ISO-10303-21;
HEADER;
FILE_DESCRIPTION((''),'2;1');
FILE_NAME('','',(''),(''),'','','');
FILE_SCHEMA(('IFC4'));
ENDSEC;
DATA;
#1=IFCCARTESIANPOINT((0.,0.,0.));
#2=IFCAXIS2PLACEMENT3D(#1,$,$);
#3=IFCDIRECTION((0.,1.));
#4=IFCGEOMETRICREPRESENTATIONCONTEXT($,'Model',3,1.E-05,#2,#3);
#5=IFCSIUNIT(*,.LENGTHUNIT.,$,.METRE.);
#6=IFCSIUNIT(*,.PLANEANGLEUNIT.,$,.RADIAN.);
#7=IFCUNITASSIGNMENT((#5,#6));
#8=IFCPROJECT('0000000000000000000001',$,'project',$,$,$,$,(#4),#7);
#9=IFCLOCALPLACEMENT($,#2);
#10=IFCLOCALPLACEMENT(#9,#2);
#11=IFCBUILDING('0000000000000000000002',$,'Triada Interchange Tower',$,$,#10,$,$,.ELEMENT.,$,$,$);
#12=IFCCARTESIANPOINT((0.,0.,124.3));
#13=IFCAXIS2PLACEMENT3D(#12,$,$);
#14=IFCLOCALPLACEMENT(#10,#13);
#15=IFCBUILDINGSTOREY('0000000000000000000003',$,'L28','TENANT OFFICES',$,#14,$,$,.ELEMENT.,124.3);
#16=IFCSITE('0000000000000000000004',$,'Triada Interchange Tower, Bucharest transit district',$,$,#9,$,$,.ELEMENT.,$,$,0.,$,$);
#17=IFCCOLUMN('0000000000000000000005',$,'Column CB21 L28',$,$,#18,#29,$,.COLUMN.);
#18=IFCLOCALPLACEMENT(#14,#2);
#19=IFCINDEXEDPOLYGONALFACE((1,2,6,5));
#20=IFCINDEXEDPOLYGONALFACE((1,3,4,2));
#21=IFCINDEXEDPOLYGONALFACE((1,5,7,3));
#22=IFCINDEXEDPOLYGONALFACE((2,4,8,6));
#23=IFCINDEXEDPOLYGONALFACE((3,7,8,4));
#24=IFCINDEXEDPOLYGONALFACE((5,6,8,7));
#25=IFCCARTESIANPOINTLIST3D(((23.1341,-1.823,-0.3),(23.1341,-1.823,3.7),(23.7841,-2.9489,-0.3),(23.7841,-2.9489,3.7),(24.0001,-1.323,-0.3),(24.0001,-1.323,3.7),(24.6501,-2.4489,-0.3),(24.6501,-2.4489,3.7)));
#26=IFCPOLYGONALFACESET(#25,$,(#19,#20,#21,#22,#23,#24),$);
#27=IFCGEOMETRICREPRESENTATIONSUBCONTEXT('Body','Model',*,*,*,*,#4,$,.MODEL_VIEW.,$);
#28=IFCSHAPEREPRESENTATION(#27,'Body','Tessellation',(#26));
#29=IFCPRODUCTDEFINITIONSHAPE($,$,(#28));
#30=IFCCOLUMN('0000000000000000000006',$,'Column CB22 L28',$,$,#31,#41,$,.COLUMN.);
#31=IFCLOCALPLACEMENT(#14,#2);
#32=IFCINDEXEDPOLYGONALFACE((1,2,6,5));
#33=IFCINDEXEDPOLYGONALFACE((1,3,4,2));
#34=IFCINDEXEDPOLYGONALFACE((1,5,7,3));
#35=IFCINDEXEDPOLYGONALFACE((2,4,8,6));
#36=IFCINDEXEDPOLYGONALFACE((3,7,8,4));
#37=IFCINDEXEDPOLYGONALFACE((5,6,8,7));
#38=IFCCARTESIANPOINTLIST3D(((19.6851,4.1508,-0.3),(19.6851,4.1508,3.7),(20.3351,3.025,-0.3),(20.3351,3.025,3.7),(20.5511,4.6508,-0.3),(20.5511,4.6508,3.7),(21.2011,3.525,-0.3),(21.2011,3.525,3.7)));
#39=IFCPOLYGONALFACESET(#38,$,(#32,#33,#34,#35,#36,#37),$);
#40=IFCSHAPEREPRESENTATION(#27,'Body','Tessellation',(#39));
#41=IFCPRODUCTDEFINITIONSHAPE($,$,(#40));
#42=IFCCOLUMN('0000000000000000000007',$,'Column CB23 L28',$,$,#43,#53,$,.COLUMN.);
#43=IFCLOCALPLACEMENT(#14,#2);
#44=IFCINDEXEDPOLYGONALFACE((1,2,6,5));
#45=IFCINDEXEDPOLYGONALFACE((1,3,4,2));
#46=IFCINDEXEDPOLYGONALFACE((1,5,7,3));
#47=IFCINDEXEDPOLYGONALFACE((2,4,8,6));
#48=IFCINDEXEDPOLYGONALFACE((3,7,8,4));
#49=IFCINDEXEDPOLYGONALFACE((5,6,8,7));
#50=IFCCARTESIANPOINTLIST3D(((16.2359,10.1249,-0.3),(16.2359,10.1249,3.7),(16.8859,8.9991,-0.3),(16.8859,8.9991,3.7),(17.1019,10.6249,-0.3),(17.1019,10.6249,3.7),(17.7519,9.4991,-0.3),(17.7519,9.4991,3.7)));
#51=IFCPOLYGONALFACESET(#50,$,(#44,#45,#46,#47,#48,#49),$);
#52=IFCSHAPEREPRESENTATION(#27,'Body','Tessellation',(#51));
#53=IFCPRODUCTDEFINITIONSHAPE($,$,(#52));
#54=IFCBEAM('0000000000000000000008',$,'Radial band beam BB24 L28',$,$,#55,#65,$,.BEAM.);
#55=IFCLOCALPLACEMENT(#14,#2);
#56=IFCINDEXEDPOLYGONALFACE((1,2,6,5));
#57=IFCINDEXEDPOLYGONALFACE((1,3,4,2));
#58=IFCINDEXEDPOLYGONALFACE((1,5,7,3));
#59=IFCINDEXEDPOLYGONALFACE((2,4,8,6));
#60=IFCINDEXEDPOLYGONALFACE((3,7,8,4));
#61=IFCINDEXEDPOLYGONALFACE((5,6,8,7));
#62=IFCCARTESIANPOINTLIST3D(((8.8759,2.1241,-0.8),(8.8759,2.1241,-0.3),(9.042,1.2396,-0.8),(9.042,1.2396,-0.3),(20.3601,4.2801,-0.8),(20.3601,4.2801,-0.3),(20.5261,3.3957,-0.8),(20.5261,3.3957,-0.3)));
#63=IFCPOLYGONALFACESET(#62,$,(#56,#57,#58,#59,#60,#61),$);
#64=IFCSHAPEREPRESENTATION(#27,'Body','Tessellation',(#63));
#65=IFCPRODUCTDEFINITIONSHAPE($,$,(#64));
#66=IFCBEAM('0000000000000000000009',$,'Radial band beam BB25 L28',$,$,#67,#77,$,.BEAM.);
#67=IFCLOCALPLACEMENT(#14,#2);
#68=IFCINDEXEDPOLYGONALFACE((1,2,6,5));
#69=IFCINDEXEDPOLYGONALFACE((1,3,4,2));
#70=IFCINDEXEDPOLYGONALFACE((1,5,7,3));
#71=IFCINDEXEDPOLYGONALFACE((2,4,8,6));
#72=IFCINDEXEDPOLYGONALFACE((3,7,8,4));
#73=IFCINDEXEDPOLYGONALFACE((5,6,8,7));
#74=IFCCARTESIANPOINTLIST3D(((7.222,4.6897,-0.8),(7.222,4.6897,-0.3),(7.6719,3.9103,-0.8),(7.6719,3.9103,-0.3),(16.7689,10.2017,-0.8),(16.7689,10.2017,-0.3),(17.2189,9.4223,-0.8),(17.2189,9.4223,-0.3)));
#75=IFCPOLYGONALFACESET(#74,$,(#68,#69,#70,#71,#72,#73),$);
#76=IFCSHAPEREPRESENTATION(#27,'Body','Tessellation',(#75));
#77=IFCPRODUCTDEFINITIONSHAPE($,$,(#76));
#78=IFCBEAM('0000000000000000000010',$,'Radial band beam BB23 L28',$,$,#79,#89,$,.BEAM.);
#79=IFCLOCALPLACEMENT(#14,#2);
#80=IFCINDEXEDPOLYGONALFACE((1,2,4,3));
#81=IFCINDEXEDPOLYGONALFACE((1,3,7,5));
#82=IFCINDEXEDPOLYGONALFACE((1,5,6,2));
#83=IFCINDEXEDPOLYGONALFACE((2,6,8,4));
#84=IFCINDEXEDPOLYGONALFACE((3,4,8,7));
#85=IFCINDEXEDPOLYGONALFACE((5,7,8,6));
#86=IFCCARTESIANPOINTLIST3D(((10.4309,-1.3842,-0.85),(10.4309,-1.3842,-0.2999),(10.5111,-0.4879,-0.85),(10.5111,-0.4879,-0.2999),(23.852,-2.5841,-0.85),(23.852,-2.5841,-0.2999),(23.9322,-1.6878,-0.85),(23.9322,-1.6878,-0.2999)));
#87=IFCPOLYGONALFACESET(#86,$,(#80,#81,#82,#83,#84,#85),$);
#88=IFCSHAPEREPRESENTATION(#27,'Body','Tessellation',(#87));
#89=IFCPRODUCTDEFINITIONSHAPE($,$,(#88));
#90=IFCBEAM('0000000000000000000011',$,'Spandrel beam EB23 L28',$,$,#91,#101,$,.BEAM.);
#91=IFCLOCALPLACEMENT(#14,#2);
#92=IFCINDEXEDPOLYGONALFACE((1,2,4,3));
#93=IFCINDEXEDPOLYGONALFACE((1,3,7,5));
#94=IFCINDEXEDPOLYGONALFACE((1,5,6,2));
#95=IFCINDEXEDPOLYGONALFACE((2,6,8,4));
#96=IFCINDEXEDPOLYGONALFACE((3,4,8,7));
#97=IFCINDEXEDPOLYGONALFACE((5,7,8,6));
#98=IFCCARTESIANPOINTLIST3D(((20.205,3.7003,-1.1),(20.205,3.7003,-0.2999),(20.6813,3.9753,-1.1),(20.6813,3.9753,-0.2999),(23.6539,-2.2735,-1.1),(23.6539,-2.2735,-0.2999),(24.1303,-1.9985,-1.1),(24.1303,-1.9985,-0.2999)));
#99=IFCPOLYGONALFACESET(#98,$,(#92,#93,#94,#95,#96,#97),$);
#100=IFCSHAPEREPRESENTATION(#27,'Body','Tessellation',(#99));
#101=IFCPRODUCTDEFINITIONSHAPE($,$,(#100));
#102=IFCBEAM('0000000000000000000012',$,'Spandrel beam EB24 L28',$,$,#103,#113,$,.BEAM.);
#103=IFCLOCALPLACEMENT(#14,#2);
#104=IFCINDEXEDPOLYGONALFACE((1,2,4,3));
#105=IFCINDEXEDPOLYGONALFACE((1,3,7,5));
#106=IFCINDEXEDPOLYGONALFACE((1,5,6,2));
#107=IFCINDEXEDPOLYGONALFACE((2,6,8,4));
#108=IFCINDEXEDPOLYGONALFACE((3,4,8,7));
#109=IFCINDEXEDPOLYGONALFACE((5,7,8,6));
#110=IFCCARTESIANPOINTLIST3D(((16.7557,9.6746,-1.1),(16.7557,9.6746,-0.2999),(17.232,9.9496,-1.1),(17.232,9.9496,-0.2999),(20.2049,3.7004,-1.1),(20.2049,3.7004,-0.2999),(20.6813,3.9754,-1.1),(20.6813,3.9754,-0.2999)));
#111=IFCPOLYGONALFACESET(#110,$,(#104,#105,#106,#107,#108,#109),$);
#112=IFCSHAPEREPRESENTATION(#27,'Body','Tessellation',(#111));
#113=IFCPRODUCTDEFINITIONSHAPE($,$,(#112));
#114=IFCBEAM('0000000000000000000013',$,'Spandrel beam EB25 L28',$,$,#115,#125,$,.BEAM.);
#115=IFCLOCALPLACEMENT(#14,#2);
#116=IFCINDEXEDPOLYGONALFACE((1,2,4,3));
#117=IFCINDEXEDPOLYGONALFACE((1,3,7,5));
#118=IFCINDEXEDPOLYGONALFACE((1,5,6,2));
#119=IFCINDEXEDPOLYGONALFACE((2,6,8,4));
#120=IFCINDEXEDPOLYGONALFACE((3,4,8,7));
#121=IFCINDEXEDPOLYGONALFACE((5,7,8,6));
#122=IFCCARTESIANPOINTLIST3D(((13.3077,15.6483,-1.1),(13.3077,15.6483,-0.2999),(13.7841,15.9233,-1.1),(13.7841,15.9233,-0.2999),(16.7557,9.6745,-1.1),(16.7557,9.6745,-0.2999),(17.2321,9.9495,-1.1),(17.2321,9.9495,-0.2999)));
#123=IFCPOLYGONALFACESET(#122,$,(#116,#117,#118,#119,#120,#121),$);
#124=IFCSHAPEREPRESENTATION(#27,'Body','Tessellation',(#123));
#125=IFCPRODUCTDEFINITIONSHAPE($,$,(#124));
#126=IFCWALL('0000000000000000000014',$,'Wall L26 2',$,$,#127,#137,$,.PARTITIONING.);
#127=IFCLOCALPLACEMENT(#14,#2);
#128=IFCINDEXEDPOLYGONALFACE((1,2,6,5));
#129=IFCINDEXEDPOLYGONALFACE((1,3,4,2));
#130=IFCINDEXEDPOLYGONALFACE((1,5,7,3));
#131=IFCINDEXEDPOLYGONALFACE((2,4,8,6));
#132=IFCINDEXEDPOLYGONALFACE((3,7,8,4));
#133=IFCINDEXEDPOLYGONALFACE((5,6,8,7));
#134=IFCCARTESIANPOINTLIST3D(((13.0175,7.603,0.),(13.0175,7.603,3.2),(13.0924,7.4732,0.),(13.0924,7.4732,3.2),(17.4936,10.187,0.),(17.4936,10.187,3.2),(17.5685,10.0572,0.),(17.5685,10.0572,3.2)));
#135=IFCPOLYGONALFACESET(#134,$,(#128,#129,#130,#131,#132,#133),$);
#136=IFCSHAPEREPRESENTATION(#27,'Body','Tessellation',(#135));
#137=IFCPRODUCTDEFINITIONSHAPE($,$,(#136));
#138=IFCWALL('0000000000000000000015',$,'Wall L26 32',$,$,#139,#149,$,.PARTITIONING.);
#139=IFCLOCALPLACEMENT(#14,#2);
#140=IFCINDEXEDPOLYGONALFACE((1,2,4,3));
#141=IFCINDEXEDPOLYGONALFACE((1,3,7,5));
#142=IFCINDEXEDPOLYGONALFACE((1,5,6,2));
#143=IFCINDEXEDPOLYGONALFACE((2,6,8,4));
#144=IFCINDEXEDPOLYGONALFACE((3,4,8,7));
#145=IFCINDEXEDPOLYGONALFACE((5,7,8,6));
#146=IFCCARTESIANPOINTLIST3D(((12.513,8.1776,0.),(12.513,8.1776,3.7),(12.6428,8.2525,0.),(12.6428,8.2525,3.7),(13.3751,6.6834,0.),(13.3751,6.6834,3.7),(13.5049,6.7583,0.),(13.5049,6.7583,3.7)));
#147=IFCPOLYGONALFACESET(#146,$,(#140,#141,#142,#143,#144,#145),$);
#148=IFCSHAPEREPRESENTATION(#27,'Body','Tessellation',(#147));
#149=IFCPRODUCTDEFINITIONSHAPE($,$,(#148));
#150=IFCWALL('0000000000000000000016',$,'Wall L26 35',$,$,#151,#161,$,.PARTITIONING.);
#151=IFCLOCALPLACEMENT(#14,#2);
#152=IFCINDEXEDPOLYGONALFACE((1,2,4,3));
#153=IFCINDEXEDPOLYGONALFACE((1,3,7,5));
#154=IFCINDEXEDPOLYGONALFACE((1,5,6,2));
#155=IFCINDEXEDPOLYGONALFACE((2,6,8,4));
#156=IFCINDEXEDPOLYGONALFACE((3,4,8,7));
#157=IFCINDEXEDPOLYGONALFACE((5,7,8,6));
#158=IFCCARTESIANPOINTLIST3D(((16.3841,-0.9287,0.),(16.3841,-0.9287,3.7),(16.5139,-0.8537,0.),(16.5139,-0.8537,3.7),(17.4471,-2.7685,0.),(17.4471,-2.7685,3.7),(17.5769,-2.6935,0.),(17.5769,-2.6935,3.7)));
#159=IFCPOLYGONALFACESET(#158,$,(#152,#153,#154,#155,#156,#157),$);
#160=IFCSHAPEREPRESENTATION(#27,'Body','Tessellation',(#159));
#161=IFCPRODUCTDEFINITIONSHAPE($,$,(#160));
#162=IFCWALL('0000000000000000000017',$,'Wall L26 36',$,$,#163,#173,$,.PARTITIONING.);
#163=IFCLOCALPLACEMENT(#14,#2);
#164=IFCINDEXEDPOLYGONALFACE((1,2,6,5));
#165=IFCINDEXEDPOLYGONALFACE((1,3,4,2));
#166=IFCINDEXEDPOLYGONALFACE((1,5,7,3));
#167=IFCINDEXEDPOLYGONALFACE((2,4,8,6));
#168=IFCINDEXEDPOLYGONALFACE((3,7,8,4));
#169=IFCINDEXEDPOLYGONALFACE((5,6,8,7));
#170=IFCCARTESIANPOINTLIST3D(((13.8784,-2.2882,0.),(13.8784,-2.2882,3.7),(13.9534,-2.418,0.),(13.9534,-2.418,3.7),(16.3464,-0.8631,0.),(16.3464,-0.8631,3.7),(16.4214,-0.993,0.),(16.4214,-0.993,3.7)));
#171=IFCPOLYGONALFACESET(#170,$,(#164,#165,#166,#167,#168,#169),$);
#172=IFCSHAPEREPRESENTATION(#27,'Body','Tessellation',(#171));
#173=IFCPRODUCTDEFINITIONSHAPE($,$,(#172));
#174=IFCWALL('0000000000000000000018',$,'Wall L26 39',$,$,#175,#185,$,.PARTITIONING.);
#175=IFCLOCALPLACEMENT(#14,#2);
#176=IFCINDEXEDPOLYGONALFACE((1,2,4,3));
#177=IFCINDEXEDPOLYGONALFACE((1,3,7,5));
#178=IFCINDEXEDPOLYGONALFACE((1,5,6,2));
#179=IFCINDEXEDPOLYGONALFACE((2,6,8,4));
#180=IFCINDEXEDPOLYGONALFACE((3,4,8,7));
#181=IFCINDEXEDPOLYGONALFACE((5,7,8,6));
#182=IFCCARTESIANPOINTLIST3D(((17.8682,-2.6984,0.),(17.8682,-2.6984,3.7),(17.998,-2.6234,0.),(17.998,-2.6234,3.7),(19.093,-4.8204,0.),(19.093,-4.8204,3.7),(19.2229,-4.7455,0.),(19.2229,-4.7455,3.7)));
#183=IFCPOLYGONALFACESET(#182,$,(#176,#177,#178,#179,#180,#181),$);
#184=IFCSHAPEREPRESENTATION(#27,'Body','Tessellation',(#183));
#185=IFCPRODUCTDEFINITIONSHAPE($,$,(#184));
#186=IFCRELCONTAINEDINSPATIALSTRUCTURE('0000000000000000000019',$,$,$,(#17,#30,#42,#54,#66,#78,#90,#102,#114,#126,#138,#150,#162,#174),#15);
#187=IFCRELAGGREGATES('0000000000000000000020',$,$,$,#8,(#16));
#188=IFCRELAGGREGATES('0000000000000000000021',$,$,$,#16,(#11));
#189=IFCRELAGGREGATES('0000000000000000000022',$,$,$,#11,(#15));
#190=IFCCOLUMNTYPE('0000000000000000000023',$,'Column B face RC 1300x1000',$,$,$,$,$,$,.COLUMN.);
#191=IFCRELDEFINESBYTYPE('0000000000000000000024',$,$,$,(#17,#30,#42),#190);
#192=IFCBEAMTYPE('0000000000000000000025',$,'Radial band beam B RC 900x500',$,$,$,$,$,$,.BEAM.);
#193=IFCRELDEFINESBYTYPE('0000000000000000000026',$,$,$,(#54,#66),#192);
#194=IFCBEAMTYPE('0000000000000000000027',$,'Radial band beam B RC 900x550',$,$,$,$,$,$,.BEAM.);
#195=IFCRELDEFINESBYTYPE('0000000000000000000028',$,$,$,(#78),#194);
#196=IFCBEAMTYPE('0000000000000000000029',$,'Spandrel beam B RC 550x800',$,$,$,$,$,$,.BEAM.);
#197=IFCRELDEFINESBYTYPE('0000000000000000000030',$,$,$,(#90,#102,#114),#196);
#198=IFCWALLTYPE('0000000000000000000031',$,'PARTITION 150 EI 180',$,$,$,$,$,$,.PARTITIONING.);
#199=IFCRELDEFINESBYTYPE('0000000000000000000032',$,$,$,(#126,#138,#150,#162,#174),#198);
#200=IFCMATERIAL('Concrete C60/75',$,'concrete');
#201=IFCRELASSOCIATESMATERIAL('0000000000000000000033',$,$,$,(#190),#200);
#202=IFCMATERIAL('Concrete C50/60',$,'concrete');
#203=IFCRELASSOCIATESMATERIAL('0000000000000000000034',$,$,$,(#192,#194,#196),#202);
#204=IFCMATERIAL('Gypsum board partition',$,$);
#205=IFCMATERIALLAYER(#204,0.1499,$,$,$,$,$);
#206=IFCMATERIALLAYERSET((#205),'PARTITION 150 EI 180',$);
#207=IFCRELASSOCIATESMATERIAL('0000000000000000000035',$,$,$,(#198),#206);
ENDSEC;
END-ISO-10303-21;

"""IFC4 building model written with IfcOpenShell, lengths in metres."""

from ifc_helpers import new_model, si_unit, direction, frame, frame_2d, origin, origin_2d, place, context, subcontext, project, spatial, rectangle, extrude, material, layer, layer_set, material_profile, profile_set, type_object, element, save


model = new_model("IFC4")

# Units and contexts
model_context = context("Model", 3, precision=1e-05, world=origin(), true_north=direction((0.0, 1.0)))
body_context = subcontext(model_context, "Body", "Model", "MODEL_VIEW")
ifc_project = project(units=[si_unit("LENGTHUNIT", "METRE"), si_unit("PLANEANGLEUNIT", "RADIAN")], contexts=[model_context])

# Site, building, storey
site_placement = place(None, origin())
site = spatial("IfcSite", under=ifc_project, at=site_placement, Name="Triada Interchange Tower, Bucharest transit district", CompositionType="ELEMENT", RefElevation=0.0)
building_placement = place(site_placement, origin())
building = spatial("IfcBuilding", under=site, at=building_placement, Name="Triada Interchange Tower", CompositionType="ELEMENT")
storey_placement = place(building_placement, frame((0.0, 0.0, 124.3)))
storey = spatial("IfcBuildingStorey", under=building, at=storey_placement, Name="L28", Description="TENANT OFFICES", CompositionType="ELEMENT", Elevation=124.3)

# Columns
ifc_material_1 = material(Name="Concrete C60/75", Category="concrete")
ifc_material_profile_1 = material_profile(ifc_material_1, rectangle(XDim=1.3, YDim=1.0, at=origin_2d()), Name="RC 1300x1000")
ifc_profile_set_1 = profile_set([ifc_material_profile_1], Name="Concrete C60/75")
column_type = type_object("IfcColumnType", Name="Column B face RC 1300x1000", PredefinedType="COLUMN", material=ifc_profile_set_1)
for number, where, z_axis, x_axis, name in (
    (1, (23.8921, -2.136, -0.3), (0.0, 0.0, 1.0), (-0.5, 0.866025, 0.0), "Column CB21 L28"),
    (2, (20.4431, 3.8379, -0.3), (0.0, 0.0, 1.0), (-0.5, 0.866025, 0.0), "Column CB22 L28"),
    (3, (16.9939, 9.812, -0.3), (0.0, 0.0, 1.0), (-0.5, 0.866025, 0.0), "Column CB23 L28"),
):
    element("IfcColumn", number, at=place(storey_placement, frame(where, z_axis=z_axis, x_axis=x_axis)), inside=storey, type_object=column_type, Name=name, PredefinedType="COLUMN", context=body_context, shape_type="SweptSolid", body=[
        extrude(rectangle(XDim=1.3, YDim=1.0, at=origin_2d()), origin(), (0.0, 0.0, 1.0), 4.0),
    ])

# Beams
ifc_material_2 = material(Name="Concrete C50/60", Category="concrete")
ifc_material_profile_2 = material_profile(ifc_material_2, rectangle(XDim=0.8999, YDim=0.5, at=origin_2d()), Name="RC 900x500")
ifc_profile_set_2 = profile_set([ifc_material_profile_2], Name="Concrete C50/60")
beam_type_1 = type_object("IfcBeamType", Name="Radial band beam B RC 900x500", PredefinedType="BEAM", material=ifc_profile_set_2)
beam_1_placement = place(storey_placement, frame((20.4431, 3.8379, -0.55), z_axis=(-0.98283, -0.184514, 0.0), x_axis=(0.184514, -0.98283, 0.0)))
element("IfcBeam", 4, at=beam_1_placement, inside=storey, type_object=beam_type_1, Name="Radial band beam BB24 L28", PredefinedType="BEAM", context=body_context, shape_type="SweptSolid", body=[
    extrude(rectangle(XDim=0.8999, YDim=0.5, at=origin_2d()), origin(), (0.0, 0.0, 1.0), 11.6848),
])
beam_2_placement = place(storey_placement, frame((16.9939, 9.812, -0.55), z_axis=(-0.866023, -0.500005, 0.0), x_axis=(0.500005, -0.866023, 0.0)))
element("IfcBeam", 5, at=beam_2_placement, inside=storey, type_object=beam_type_1, Name="Radial band beam BB25 L28", PredefinedType="BEAM", context=body_context, shape_type="SweptSolid", body=[
    extrude(rectangle(XDim=0.8999, YDim=0.5, at=origin_2d()), origin(), (0.0, 0.0, 1.0), 11.0239),
])
ifc_material_profile_3 = material_profile(ifc_material_2, rectangle(XDim=0.8999, YDim=0.55, at=origin_2d()), Name="RC 900x550")
ifc_profile_set_3 = profile_set([ifc_material_profile_3], Name="Concrete C50/60")
beam_type_2 = type_object("IfcBeamType", Name="Radial band beam B RC 900x550", PredefinedType="BEAM", material=ifc_profile_set_3)
beam_3_placement = place(storey_placement, frame((23.8921, -2.136, -0.575), z_axis=(-0.996027, 0.089052, 0.0), x_axis=(-0.089052, -0.996027, 0.0)))
element("IfcBeam", 6, at=beam_3_placement, inside=storey, type_object=beam_type_2, Name="Radial band beam BB23 L28", PredefinedType="BEAM", context=body_context, shape_type="SweptSolid", body=[
    extrude(rectangle(XDim=0.8999, YDim=0.55, at=origin_2d()), origin(), (0.0, 0.0, 1.0), 13.4746),
])
ifc_material_profile_4 = material_profile(ifc_material_2, rectangle(XDim=0.55, YDim=0.8, at=origin_2d()), Name="RC 550x800")
ifc_profile_set_4 = profile_set([ifc_material_profile_4], Name="Concrete C50/60")
beam_type_3 = type_object("IfcBeamType", Name="Spandrel beam B RC 550x800", PredefinedType="BEAM", material=ifc_profile_set_4)
beam_4_placement = place(storey_placement, frame((23.8921, -2.136, -0.7), z_axis=(-0.499995, 0.866028, 0.0), x_axis=(-0.866028, -0.499995, 0.0)))
element("IfcBeam", 7, at=beam_4_placement, inside=storey, type_object=beam_type_3, Name="Spandrel beam EB23 L28", PredefinedType="BEAM", context=body_context, shape_type="SweptSolid", body=[
    extrude(rectangle(XDim=0.55, YDim=0.8, at=origin_2d()), origin(), (0.0, 0.0, 1.0), 6.8979),
])
beam_5_placement = place(storey_placement, frame((20.4431, 3.8379, -0.7), z_axis=(-0.500006, 0.866022, 0.0), x_axis=(-0.866022, -0.500006, 0.0)))
element("IfcBeam", 8, at=beam_5_placement, inside=storey, type_object=beam_type_3, Name="Spandrel beam EB24 L28", PredefinedType="BEAM", context=body_context, shape_type="SweptSolid", body=[
    extrude(rectangle(XDim=0.55, YDim=0.8, at=origin_2d()), origin(), (0.0, 0.0, 1.0), 6.8984),
])
beam_6_placement = place(storey_placement, frame((16.9939, 9.812, -0.7), z_axis=(-0.499889, 0.86609, 0.0), x_axis=(-0.86609, -0.499889, 0.0)))
element("IfcBeam", 9, at=beam_6_placement, inside=storey, type_object=beam_type_3, Name="Spandrel beam EB25 L28", PredefinedType="BEAM", context=body_context, shape_type="SweptSolid", body=[
    extrude(rectangle(XDim=0.55, YDim=0.8, at=origin_2d()), origin(), (0.0, 0.0, 1.0), 6.8975),
])

# Walls
ifc_material_3 = material(Name="Gypsum board partition")
ifc_layer_1 = layer(ifc_material_3, 0.1499)
ifc_layer_set_1 = layer_set([ifc_layer_1], Name="PARTITION 150 EI 180")
wall_type = type_object("IfcWallType", Name="PARTITION 150 EI 180", PredefinedType="PARTITIONING", material=ifc_layer_set_1)
wall_1_placement = place(storey_placement, frame((13.0549, 7.5381, 0.0), z_axis=(0.0, 0.0, 1.0), x_axis=(0.866049, 0.49996, 0.0)))
element("IfcWall", 10, at=wall_1_placement, inside=storey, type_object=wall_type, Name="Wall L26 2", PredefinedType="PARTITIONING", context=body_context, shape_type="SweptSolid", body=[
    extrude(rectangle(XDim=5.1685, YDim=0.1499, at=frame_2d((2.5842, 0.0))), origin(), (0.0, 0.0, 1.0), 3.2),
])
wall_2_placement = place(storey_placement, frame((12.5779, 8.2151, 0.0), z_axis=(0.0, 0.0, 1.0), x_axis=(0.499747, -0.866171, 0.0)))
element("IfcWall", 11, at=wall_2_placement, inside=storey, type_object=wall_type, Name="Wall L26 32", PredefinedType="PARTITIONING", context=body_context, shape_type="SweptSolid", body=[
    extrude(rectangle(XDim=1.7251, YDim=0.1499, at=frame_2d((0.8625, 0.0))), origin(), (0.0, 0.0, 1.0), 3.7),
])
wall_3_placement = place(storey_placement, frame((16.449, -0.8911, 0.0), z_axis=(0.0, 0.0, 1.0), x_axis=(0.500266, -0.865872, 0.0)))
element("IfcWall", 12, at=wall_3_placement, inside=storey, type_object=wall_type, Name="Wall L26 35", PredefinedType="PARTITIONING", context=body_context, shape_type="SweptSolid", body=[
    extrude(rectangle(XDim=2.1248, YDim=0.1499, at=frame_2d((1.0625, 0.0))), origin(), (0.0, 0.0, 1.0), 3.7),
])
wall_4_placement = place(storey_placement, frame((13.916, -2.353, 0.0), z_axis=(0.0, 0.0, 1.0), x_axis=(0.866004, 0.500036, 0.0)))
element("IfcWall", 13, at=wall_4_placement, inside=storey, type_object=wall_type, Name="Wall L26 36", PredefinedType="PARTITIONING", context=body_context, shape_type="SweptSolid", body=[
    extrude(rectangle(XDim=2.8499, YDim=0.1499, at=frame_2d((1.4248, 0.0))), origin(), (0.0, 0.0, 1.0), 3.7),
])
wall_5_placement = place(storey_placement, frame((17.9331, -2.6609, 0.0), z_axis=(0.0, 0.0, 1.0), x_axis=(0.499901, -0.866083, 0.0)))
element("IfcWall", 14, at=wall_5_placement, inside=storey, type_object=wall_type, Name="Wall L26 39", PredefinedType="PARTITIONING", context=body_context, shape_type="SweptSolid", body=[
    extrude(rectangle(XDim=2.4502, YDim=0.1499, at=frame_2d((1.2251, 0.0))), origin(), (0.0, 0.0, 1.0), 3.7),
])

save(model, "model.ifc")
